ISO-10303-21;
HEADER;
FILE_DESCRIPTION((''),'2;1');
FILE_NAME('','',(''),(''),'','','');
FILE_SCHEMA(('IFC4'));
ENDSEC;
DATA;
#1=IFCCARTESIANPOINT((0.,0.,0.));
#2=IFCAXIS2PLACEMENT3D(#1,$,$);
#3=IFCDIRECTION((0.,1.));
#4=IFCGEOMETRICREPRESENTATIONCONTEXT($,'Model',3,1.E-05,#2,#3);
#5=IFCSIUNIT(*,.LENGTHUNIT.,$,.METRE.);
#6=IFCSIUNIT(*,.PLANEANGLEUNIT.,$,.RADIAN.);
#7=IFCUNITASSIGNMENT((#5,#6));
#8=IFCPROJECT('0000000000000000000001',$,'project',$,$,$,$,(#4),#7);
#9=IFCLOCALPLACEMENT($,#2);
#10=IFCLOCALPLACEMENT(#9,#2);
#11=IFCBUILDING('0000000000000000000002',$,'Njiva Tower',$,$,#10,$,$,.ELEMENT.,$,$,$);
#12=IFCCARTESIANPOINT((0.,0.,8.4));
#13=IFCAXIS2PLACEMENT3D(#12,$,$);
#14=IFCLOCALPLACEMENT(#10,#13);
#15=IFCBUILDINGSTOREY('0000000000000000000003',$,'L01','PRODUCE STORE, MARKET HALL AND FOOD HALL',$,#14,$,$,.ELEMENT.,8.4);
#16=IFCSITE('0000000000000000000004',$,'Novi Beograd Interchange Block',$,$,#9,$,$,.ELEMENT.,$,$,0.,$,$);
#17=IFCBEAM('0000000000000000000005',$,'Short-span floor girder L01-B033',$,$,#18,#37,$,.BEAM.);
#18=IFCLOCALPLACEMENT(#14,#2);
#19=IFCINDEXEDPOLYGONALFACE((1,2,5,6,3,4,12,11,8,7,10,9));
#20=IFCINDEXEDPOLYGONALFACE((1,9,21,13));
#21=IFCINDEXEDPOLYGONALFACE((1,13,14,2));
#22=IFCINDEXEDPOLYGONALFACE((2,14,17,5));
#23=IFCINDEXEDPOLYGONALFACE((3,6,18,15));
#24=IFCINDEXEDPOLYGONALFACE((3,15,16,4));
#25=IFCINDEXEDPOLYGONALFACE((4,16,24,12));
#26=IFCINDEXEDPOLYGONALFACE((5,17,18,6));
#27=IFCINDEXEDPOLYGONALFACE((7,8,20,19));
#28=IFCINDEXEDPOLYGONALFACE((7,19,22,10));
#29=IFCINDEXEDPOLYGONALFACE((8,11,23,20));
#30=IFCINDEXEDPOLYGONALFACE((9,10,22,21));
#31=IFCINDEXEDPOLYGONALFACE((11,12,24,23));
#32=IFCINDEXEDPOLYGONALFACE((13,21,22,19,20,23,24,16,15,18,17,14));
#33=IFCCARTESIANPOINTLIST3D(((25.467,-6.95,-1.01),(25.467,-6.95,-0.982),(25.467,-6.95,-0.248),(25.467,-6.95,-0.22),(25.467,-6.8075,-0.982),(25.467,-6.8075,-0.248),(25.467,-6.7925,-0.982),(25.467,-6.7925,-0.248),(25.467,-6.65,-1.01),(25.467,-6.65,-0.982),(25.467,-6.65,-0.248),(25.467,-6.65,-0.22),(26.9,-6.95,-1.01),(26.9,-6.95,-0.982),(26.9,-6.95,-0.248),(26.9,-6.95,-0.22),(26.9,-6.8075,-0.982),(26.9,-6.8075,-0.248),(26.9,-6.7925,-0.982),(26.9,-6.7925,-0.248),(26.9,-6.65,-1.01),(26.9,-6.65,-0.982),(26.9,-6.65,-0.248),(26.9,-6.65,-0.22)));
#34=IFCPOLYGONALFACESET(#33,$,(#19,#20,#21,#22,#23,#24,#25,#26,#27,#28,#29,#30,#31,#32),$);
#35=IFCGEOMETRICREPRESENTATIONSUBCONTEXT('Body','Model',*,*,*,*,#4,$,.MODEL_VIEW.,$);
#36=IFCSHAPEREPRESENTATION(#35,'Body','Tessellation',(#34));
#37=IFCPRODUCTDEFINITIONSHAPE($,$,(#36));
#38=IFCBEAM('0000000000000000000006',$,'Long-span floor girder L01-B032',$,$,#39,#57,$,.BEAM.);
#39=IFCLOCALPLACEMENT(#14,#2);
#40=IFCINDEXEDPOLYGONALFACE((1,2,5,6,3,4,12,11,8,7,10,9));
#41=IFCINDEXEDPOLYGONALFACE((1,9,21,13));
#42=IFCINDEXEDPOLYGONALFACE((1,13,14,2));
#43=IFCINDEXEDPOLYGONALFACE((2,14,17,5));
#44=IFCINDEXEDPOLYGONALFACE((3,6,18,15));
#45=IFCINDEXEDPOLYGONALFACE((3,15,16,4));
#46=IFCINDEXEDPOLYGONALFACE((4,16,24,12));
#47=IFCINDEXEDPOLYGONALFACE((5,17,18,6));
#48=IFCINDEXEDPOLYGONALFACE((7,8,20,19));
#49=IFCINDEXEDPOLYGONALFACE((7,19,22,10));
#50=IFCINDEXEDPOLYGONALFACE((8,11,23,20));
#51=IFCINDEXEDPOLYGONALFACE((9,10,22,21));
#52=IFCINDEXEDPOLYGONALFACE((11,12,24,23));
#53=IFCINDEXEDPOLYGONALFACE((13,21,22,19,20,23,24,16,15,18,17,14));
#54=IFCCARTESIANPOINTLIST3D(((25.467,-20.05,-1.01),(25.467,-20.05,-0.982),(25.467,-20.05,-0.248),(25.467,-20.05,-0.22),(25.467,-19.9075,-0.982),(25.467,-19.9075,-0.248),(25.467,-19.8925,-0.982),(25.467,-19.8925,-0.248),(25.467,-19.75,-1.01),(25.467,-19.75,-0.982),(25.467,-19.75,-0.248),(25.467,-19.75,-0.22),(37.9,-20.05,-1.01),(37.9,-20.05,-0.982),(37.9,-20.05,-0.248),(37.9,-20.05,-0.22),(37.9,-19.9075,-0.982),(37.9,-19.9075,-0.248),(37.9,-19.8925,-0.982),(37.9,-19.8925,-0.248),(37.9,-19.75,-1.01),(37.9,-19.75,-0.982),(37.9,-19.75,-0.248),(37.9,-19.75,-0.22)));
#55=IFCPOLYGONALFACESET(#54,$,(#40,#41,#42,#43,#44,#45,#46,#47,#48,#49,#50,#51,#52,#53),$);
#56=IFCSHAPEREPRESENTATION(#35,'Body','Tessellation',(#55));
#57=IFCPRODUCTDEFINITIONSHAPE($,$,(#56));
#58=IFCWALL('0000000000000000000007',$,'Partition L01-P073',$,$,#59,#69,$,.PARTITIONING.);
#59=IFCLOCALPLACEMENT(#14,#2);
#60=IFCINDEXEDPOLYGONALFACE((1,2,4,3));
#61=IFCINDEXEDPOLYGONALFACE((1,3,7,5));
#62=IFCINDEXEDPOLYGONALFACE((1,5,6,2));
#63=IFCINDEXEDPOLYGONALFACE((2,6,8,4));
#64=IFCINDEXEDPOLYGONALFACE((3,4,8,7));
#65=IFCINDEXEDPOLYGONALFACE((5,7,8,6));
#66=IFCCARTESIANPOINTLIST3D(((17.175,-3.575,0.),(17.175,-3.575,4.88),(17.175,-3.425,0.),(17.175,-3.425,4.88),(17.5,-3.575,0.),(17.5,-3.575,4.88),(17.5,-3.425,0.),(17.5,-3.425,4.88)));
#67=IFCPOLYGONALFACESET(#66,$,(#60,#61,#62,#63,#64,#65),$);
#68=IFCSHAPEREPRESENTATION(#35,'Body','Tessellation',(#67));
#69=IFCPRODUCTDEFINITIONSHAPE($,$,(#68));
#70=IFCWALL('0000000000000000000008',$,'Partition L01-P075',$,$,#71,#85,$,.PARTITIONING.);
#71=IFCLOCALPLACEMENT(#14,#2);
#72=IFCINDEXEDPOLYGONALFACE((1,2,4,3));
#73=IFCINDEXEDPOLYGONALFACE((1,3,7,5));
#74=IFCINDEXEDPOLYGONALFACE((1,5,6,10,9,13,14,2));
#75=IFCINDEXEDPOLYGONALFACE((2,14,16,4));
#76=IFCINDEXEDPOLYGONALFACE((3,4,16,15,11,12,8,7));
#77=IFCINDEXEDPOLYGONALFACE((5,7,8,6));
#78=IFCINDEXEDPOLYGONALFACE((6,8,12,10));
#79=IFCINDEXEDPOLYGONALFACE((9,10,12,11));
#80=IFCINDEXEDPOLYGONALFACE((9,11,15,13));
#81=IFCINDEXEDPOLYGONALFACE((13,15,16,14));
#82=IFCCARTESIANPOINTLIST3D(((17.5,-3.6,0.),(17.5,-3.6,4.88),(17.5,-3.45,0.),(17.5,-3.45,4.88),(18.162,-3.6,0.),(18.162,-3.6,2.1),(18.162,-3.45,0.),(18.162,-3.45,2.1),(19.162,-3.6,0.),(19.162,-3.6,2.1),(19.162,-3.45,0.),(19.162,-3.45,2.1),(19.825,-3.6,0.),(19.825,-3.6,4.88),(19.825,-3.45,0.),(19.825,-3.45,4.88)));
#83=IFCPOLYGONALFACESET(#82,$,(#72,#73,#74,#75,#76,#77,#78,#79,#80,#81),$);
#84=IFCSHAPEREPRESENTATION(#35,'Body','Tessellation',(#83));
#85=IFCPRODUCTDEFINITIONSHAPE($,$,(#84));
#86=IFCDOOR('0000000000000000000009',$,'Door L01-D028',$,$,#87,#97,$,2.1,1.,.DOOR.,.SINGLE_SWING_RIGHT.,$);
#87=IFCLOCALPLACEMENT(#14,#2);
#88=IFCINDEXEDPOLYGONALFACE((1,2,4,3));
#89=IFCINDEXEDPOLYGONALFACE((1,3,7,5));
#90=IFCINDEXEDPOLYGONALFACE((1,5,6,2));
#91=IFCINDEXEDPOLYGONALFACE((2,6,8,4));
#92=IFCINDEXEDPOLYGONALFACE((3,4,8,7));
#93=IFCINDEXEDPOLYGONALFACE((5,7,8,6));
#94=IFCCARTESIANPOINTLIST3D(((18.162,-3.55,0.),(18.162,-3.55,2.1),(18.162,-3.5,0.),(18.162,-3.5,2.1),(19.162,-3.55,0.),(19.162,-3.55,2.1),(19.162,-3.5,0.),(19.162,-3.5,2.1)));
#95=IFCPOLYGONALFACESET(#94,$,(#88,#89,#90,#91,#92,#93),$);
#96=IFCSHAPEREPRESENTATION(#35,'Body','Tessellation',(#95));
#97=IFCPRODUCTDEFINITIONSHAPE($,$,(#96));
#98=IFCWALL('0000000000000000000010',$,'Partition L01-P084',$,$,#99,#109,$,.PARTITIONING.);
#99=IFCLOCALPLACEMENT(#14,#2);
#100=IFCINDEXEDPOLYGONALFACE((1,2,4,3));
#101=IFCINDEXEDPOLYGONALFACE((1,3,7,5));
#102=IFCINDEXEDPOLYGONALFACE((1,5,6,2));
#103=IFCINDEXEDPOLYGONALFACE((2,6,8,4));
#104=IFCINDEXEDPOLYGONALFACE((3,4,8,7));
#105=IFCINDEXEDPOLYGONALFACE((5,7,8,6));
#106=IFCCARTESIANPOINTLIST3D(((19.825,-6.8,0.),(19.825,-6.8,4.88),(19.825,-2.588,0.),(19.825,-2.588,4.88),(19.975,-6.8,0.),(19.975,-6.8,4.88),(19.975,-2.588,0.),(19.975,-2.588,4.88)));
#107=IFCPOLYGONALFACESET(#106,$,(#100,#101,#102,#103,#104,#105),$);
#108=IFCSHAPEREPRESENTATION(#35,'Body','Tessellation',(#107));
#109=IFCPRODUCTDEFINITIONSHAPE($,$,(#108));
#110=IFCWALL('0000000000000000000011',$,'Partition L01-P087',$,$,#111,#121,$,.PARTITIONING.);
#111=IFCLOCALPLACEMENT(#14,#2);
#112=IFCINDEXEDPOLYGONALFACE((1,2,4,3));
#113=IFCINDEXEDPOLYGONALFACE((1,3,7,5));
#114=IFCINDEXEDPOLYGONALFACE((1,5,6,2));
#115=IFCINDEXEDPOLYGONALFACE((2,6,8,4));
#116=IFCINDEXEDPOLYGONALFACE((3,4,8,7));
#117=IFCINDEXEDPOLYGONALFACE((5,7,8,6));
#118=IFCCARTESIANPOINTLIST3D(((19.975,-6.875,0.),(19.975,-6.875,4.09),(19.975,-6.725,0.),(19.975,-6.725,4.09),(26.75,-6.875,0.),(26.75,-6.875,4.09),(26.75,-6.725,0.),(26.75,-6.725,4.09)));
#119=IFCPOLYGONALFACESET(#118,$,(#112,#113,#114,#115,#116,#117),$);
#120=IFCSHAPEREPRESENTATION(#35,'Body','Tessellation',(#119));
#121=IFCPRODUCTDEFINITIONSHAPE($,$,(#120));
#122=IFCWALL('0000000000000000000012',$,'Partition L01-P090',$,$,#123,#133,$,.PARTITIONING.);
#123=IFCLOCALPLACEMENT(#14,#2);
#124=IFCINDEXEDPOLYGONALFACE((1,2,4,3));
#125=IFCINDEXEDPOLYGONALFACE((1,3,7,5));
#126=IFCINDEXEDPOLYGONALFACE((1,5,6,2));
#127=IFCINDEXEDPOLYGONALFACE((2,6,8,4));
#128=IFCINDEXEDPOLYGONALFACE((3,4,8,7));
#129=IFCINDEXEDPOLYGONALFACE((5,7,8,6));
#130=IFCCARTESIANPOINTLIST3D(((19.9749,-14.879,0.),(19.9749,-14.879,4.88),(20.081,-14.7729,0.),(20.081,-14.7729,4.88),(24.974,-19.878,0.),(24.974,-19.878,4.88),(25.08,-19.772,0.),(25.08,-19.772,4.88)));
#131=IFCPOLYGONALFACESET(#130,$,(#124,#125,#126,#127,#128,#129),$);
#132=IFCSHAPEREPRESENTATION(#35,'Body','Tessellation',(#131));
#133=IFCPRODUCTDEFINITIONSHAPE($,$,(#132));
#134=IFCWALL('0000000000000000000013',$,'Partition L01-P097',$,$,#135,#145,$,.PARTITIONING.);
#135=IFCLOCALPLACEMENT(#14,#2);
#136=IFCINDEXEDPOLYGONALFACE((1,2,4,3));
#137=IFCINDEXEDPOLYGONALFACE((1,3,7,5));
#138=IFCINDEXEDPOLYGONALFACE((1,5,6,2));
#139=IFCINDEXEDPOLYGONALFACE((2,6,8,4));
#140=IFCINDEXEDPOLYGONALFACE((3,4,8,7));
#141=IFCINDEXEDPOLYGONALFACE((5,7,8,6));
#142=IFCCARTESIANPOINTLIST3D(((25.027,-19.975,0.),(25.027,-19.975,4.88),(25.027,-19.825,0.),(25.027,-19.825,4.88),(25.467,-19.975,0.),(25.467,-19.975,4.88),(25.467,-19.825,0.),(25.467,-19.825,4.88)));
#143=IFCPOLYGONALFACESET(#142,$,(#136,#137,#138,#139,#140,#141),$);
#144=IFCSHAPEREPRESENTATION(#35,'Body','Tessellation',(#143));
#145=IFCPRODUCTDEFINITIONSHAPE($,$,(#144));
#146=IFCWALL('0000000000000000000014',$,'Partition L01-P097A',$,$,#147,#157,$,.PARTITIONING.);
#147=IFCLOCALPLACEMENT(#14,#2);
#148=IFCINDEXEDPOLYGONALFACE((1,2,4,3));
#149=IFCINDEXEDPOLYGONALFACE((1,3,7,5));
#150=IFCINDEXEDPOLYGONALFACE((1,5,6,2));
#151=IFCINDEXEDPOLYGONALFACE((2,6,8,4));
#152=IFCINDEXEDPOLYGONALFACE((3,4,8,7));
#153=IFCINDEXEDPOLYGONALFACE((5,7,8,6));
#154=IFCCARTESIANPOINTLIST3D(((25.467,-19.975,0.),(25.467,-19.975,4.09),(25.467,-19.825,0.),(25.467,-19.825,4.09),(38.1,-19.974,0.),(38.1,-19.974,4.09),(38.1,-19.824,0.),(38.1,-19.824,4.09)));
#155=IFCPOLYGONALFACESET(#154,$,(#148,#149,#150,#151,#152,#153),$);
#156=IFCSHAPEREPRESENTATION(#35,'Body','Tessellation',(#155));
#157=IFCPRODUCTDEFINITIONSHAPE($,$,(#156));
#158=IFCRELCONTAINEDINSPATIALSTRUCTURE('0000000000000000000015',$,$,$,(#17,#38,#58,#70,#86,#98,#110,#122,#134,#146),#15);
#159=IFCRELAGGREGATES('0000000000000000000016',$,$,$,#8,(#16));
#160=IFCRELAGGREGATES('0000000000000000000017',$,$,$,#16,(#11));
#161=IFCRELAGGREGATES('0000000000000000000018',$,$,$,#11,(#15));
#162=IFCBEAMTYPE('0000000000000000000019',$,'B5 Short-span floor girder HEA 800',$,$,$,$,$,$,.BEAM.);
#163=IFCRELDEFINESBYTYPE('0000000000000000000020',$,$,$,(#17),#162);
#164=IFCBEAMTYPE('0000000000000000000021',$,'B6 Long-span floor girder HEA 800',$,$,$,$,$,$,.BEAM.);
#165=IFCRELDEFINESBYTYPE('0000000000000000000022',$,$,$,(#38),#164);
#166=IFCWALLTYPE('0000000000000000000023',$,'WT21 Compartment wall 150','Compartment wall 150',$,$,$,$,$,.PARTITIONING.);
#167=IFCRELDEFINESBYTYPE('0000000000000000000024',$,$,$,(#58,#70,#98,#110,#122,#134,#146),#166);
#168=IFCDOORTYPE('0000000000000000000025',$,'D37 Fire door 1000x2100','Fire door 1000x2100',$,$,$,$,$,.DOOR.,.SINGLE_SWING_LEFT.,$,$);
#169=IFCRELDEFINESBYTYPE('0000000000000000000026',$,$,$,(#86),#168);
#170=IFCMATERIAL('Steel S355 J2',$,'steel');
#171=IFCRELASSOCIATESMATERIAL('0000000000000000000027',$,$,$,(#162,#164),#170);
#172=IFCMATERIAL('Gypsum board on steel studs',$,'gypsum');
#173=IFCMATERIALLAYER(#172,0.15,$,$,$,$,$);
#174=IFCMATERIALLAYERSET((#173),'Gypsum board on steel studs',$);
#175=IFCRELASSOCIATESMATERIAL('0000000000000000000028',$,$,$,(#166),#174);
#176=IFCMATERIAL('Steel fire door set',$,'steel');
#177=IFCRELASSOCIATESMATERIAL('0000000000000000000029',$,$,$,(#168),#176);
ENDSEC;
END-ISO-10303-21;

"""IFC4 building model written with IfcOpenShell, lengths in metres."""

from ifc_helpers import new_model, si_unit, direction, frame, frame_2d, origin, origin_2d, place, context, subcontext, project, spatial, rectangle, i_section, extrude, material, layer, layer_set, material_profile, profile_set, type_object, element, fill, save


model = new_model("IFC4")

# Units and contexts
model_context = context("Model", 3, precision=1e-05, world=origin(), true_north=direction((0.0, 1.0)))
body_context = subcontext(model_context, "Body", "Model", "MODEL_VIEW")
ifc_project = project(units=[si_unit("LENGTHUNIT", "METRE"), si_unit("PLANEANGLEUNIT", "RADIAN")], contexts=[model_context])

# Site, building, storey
site_placement = place(None, origin())
site = spatial("IfcSite", under=ifc_project, at=site_placement, Name="Novi Beograd Interchange Block", CompositionType="ELEMENT", RefElevation=0.0)
building_placement = place(site_placement, origin())
building = spatial("IfcBuilding", under=site, at=building_placement, Name="Njiva Tower", CompositionType="ELEMENT")
storey_placement = place(building_placement, frame((0.0, 0.0, 8.4)))
storey = spatial("IfcBuildingStorey", under=building, at=storey_placement, Name="L01", Description="PRODUCE STORE, MARKET HALL AND FOOD HALL", CompositionType="ELEMENT", Elevation=8.4)

# Shared definitions
ifc_material_1 = material(Name="Steel S355 J2", Category="steel")

# Beams
ifc_material_profile_1 = material_profile(ifc_material_1, i_section(OverallWidth=0.3, OverallDepth=0.79, WebThickness=0.015, FlangeThickness=0.028, at=origin_2d()), Name="HEA 800")
ifc_profile_set_1 = profile_set([ifc_material_profile_1], Name="Steel S355 J2")
beam_type_1 = type_object("IfcBeamType", Name="B5 Short-span floor girder HEA 800", PredefinedType="BEAM", material=ifc_profile_set_1)
beam_1_placement = place(storey_placement, frame((25.467, -6.8, -0.615), z_axis=(1.0, 0.0, 0.0), x_axis=(0.0, 1.0, 0.0)))
element("IfcBeam", 1, at=beam_1_placement, inside=storey, type_object=beam_type_1, Name="Short-span floor girder L01-B033", PredefinedType="BEAM", context=body_context, shape_type="SweptSolid", body=[
    extrude(i_section(OverallWidth=0.3, OverallDepth=0.79, WebThickness=0.015, FlangeThickness=0.028, at=origin_2d()), origin(), (0.0, 0.0, 1.0), 1.433),
])
ifc_material_profile_2 = material_profile(ifc_material_1, i_section(OverallWidth=0.3, OverallDepth=0.79, WebThickness=0.015, FlangeThickness=0.028, at=origin_2d()), Name="HEA 800")
ifc_profile_set_2 = profile_set([ifc_material_profile_2], Name="Steel S355 J2")
beam_type_2 = type_object("IfcBeamType", Name="B6 Long-span floor girder HEA 800", PredefinedType="BEAM", material=ifc_profile_set_2)
beam_2_placement = place(storey_placement, frame((25.467, -19.9, -0.615), z_axis=(1.0, 0.0, 0.0), x_axis=(0.0, 1.0, 0.0)))
element("IfcBeam", 2, at=beam_2_placement, inside=storey, type_object=beam_type_2, Name="Long-span floor girder L01-B032", PredefinedType="BEAM", context=body_context, shape_type="SweptSolid", body=[
    extrude(i_section(OverallWidth=0.3, OverallDepth=0.79, WebThickness=0.015, FlangeThickness=0.028, at=origin_2d()), origin(), (0.0, 0.0, 1.0), 12.433),
])

# Wall
ifc_material_2 = material(Name="Gypsum board on steel studs", Category="gypsum")
ifc_layer_1 = layer(ifc_material_2, 0.15)
ifc_layer_set_1 = layer_set([ifc_layer_1], Name="Gypsum board on steel studs")
wall_type_1 = type_object("IfcWallType", Name="WT21 Compartment wall 150", Description="Compartment wall 150", PredefinedType="PARTITIONING", material=ifc_layer_set_1)
wall_1_placement = place(storey_placement, frame((17.175, -3.5, 0.0), z_axis=(0.0, 0.0, 1.0), x_axis=(1.0, 0.0, 0.0)))
element("IfcWall", 3, at=wall_1_placement, inside=storey, type_object=wall_type_1, Name="Partition L01-P073", PredefinedType="PARTITIONING", context=body_context, shape_type="SweptSolid", body=[
    extrude(rectangle(XDim=0.325, YDim=0.15, at=frame_2d((0.1625, 0.0))), origin(), (0.0, 0.0, 1.0), 4.88),
])

# Wall, opening, door
wall_2_placement = place(storey_placement, frame((17.5, -3.525, 0.0), z_axis=(0.0, 0.0, 1.0), x_axis=(1.0, 0.0, 0.0)))
wall_2 = element("IfcWall", 4, at=wall_2_placement, inside=storey, type_object=wall_type_1, Name="Partition L01-P075", PredefinedType="PARTITIONING", context=body_context, shape_type="SweptSolid", body=[
    extrude(rectangle(XDim=2.325, YDim=0.15, at=frame_2d((1.1625, 0.0))), origin(), (0.0, 0.0, 1.0), 4.88),
])
opening_1_placement = place(wall_2_placement, frame((0.662, 0.0, 0.0)))
opening_1 = element("IfcOpeningElement", 5, at=opening_1_placement, cuts=wall_2, PredefinedType="OPENING", context=body_context, shape_type="SweptSolid", body=[
    extrude(rectangle(XDim=1.0, YDim=2.1, at=frame_2d((0.5, 1.05))), frame((0.0, 0.085, 0.0), z_axis=(0.0, -1.0, 0.0), x_axis=(1.0, 0.0, 0.0)), (0.0, 0.0, 1.0), 0.17),
])
ifc_material_3 = material(Name="Steel fire door set", Category="steel")
door_type_1 = type_object("IfcDoorType", Name="D37 Fire door 1000x2100", Description="Fire door 1000x2100", OperationType="SINGLE_SWING_LEFT", PredefinedType="DOOR", material=ifc_material_3)
door_1_placement = place(opening_1_placement, origin())
door_1 = element("IfcDoor", 6, at=door_1_placement, inside=storey, type_object=door_type_1, Name="Door L01-D028", OperationType="SINGLE_SWING_RIGHT", OverallHeight=2.1, OverallWidth=1.0, PredefinedType="DOOR", context=body_context, shape_type="SweptSolid", body=[
    extrude(rectangle(XDim=1.0, YDim=2.1, at=frame_2d((0.5, 1.05))), frame((0.0, 0.025, 0.0), z_axis=(0.0, -1.0, 0.0), x_axis=(1.0, 0.0, 0.0)), (0.0, 0.0, 1.0), 0.05),
])
fill(opening_1, door_1)

# Walls
wall_3_placement = place(storey_placement, frame((19.9, -6.8, 0.0), z_axis=(0.0, 0.0, 1.0), x_axis=(0.0, 1.0, 0.0)))
element("IfcWall", 7, at=wall_3_placement, inside=storey, type_object=wall_type_1, Name="Partition L01-P084", PredefinedType="PARTITIONING", context=body_context, shape_type="SweptSolid", body=[
    extrude(rectangle(XDim=4.212, YDim=0.15, at=frame_2d((2.106, 0.0))), origin(), (0.0, 0.0, 1.0), 4.88),
])
wall_4_placement = place(storey_placement, frame((19.975, -6.8, 0.0), z_axis=(0.0, 0.0, 1.0), x_axis=(1.0, 0.0, 0.0)))
element("IfcWall", 8, at=wall_4_placement, inside=storey, type_object=wall_type_1, Name="Partition L01-P087", PredefinedType="PARTITIONING", context=body_context, shape_type="SweptSolid", body=[
    extrude(rectangle(XDim=6.775, YDim=0.15, at=frame_2d((3.3875, 0.0))), origin(), (0.0, 0.0, 1.0), 4.09),
])
wall_5_placement = place(storey_placement, frame((20.028, -14.826, 0.0), z_axis=(0.0, 0.0, 1.0), x_axis=(0.707107, -0.707107, 0.0)))
element("IfcWall", 9, at=wall_5_placement, inside=storey, type_object=wall_type_1, Name="Partition L01-P090", PredefinedType="PARTITIONING", context=body_context, shape_type="SweptSolid", body=[
    extrude(rectangle(XDim=7.0697, YDim=0.15, at=frame_2d((3.5348, 0.0))), origin(), (0.0, 0.0, 1.0), 4.88),
])
wall_6_placement = place(storey_placement, frame((25.027, -19.9, 0.0), z_axis=(0.0, 0.0, 1.0), x_axis=(1.0, 0.0, 0.0)))
element("IfcWall", 10, at=wall_6_placement, inside=storey, type_object=wall_type_1, Name="Partition L01-P097", PredefinedType="PARTITIONING", context=body_context, shape_type="SweptSolid", body=[
    extrude(rectangle(XDim=0.44, YDim=0.15, at=frame_2d((0.22, 0.0))), origin(), (0.0, 0.0, 1.0), 4.88),
])
wall_7_placement = place(storey_placement, frame((25.467, -19.9, 0.0), z_axis=(0.0, 0.0, 1.0), x_axis=(1.0, 0.000079, 0.0)))
element("IfcWall", 11, at=wall_7_placement, inside=storey, type_object=wall_type_1, Name="Partition L01-P097A", PredefinedType="PARTITIONING", context=body_context, shape_type="SweptSolid", body=[
    extrude(rectangle(XDim=12.633, YDim=0.15, at=frame_2d((6.3165, 0.0))), origin(), (0.0, 0.0, 1.0), 4.09),
])

save(model, "model.ifc")
